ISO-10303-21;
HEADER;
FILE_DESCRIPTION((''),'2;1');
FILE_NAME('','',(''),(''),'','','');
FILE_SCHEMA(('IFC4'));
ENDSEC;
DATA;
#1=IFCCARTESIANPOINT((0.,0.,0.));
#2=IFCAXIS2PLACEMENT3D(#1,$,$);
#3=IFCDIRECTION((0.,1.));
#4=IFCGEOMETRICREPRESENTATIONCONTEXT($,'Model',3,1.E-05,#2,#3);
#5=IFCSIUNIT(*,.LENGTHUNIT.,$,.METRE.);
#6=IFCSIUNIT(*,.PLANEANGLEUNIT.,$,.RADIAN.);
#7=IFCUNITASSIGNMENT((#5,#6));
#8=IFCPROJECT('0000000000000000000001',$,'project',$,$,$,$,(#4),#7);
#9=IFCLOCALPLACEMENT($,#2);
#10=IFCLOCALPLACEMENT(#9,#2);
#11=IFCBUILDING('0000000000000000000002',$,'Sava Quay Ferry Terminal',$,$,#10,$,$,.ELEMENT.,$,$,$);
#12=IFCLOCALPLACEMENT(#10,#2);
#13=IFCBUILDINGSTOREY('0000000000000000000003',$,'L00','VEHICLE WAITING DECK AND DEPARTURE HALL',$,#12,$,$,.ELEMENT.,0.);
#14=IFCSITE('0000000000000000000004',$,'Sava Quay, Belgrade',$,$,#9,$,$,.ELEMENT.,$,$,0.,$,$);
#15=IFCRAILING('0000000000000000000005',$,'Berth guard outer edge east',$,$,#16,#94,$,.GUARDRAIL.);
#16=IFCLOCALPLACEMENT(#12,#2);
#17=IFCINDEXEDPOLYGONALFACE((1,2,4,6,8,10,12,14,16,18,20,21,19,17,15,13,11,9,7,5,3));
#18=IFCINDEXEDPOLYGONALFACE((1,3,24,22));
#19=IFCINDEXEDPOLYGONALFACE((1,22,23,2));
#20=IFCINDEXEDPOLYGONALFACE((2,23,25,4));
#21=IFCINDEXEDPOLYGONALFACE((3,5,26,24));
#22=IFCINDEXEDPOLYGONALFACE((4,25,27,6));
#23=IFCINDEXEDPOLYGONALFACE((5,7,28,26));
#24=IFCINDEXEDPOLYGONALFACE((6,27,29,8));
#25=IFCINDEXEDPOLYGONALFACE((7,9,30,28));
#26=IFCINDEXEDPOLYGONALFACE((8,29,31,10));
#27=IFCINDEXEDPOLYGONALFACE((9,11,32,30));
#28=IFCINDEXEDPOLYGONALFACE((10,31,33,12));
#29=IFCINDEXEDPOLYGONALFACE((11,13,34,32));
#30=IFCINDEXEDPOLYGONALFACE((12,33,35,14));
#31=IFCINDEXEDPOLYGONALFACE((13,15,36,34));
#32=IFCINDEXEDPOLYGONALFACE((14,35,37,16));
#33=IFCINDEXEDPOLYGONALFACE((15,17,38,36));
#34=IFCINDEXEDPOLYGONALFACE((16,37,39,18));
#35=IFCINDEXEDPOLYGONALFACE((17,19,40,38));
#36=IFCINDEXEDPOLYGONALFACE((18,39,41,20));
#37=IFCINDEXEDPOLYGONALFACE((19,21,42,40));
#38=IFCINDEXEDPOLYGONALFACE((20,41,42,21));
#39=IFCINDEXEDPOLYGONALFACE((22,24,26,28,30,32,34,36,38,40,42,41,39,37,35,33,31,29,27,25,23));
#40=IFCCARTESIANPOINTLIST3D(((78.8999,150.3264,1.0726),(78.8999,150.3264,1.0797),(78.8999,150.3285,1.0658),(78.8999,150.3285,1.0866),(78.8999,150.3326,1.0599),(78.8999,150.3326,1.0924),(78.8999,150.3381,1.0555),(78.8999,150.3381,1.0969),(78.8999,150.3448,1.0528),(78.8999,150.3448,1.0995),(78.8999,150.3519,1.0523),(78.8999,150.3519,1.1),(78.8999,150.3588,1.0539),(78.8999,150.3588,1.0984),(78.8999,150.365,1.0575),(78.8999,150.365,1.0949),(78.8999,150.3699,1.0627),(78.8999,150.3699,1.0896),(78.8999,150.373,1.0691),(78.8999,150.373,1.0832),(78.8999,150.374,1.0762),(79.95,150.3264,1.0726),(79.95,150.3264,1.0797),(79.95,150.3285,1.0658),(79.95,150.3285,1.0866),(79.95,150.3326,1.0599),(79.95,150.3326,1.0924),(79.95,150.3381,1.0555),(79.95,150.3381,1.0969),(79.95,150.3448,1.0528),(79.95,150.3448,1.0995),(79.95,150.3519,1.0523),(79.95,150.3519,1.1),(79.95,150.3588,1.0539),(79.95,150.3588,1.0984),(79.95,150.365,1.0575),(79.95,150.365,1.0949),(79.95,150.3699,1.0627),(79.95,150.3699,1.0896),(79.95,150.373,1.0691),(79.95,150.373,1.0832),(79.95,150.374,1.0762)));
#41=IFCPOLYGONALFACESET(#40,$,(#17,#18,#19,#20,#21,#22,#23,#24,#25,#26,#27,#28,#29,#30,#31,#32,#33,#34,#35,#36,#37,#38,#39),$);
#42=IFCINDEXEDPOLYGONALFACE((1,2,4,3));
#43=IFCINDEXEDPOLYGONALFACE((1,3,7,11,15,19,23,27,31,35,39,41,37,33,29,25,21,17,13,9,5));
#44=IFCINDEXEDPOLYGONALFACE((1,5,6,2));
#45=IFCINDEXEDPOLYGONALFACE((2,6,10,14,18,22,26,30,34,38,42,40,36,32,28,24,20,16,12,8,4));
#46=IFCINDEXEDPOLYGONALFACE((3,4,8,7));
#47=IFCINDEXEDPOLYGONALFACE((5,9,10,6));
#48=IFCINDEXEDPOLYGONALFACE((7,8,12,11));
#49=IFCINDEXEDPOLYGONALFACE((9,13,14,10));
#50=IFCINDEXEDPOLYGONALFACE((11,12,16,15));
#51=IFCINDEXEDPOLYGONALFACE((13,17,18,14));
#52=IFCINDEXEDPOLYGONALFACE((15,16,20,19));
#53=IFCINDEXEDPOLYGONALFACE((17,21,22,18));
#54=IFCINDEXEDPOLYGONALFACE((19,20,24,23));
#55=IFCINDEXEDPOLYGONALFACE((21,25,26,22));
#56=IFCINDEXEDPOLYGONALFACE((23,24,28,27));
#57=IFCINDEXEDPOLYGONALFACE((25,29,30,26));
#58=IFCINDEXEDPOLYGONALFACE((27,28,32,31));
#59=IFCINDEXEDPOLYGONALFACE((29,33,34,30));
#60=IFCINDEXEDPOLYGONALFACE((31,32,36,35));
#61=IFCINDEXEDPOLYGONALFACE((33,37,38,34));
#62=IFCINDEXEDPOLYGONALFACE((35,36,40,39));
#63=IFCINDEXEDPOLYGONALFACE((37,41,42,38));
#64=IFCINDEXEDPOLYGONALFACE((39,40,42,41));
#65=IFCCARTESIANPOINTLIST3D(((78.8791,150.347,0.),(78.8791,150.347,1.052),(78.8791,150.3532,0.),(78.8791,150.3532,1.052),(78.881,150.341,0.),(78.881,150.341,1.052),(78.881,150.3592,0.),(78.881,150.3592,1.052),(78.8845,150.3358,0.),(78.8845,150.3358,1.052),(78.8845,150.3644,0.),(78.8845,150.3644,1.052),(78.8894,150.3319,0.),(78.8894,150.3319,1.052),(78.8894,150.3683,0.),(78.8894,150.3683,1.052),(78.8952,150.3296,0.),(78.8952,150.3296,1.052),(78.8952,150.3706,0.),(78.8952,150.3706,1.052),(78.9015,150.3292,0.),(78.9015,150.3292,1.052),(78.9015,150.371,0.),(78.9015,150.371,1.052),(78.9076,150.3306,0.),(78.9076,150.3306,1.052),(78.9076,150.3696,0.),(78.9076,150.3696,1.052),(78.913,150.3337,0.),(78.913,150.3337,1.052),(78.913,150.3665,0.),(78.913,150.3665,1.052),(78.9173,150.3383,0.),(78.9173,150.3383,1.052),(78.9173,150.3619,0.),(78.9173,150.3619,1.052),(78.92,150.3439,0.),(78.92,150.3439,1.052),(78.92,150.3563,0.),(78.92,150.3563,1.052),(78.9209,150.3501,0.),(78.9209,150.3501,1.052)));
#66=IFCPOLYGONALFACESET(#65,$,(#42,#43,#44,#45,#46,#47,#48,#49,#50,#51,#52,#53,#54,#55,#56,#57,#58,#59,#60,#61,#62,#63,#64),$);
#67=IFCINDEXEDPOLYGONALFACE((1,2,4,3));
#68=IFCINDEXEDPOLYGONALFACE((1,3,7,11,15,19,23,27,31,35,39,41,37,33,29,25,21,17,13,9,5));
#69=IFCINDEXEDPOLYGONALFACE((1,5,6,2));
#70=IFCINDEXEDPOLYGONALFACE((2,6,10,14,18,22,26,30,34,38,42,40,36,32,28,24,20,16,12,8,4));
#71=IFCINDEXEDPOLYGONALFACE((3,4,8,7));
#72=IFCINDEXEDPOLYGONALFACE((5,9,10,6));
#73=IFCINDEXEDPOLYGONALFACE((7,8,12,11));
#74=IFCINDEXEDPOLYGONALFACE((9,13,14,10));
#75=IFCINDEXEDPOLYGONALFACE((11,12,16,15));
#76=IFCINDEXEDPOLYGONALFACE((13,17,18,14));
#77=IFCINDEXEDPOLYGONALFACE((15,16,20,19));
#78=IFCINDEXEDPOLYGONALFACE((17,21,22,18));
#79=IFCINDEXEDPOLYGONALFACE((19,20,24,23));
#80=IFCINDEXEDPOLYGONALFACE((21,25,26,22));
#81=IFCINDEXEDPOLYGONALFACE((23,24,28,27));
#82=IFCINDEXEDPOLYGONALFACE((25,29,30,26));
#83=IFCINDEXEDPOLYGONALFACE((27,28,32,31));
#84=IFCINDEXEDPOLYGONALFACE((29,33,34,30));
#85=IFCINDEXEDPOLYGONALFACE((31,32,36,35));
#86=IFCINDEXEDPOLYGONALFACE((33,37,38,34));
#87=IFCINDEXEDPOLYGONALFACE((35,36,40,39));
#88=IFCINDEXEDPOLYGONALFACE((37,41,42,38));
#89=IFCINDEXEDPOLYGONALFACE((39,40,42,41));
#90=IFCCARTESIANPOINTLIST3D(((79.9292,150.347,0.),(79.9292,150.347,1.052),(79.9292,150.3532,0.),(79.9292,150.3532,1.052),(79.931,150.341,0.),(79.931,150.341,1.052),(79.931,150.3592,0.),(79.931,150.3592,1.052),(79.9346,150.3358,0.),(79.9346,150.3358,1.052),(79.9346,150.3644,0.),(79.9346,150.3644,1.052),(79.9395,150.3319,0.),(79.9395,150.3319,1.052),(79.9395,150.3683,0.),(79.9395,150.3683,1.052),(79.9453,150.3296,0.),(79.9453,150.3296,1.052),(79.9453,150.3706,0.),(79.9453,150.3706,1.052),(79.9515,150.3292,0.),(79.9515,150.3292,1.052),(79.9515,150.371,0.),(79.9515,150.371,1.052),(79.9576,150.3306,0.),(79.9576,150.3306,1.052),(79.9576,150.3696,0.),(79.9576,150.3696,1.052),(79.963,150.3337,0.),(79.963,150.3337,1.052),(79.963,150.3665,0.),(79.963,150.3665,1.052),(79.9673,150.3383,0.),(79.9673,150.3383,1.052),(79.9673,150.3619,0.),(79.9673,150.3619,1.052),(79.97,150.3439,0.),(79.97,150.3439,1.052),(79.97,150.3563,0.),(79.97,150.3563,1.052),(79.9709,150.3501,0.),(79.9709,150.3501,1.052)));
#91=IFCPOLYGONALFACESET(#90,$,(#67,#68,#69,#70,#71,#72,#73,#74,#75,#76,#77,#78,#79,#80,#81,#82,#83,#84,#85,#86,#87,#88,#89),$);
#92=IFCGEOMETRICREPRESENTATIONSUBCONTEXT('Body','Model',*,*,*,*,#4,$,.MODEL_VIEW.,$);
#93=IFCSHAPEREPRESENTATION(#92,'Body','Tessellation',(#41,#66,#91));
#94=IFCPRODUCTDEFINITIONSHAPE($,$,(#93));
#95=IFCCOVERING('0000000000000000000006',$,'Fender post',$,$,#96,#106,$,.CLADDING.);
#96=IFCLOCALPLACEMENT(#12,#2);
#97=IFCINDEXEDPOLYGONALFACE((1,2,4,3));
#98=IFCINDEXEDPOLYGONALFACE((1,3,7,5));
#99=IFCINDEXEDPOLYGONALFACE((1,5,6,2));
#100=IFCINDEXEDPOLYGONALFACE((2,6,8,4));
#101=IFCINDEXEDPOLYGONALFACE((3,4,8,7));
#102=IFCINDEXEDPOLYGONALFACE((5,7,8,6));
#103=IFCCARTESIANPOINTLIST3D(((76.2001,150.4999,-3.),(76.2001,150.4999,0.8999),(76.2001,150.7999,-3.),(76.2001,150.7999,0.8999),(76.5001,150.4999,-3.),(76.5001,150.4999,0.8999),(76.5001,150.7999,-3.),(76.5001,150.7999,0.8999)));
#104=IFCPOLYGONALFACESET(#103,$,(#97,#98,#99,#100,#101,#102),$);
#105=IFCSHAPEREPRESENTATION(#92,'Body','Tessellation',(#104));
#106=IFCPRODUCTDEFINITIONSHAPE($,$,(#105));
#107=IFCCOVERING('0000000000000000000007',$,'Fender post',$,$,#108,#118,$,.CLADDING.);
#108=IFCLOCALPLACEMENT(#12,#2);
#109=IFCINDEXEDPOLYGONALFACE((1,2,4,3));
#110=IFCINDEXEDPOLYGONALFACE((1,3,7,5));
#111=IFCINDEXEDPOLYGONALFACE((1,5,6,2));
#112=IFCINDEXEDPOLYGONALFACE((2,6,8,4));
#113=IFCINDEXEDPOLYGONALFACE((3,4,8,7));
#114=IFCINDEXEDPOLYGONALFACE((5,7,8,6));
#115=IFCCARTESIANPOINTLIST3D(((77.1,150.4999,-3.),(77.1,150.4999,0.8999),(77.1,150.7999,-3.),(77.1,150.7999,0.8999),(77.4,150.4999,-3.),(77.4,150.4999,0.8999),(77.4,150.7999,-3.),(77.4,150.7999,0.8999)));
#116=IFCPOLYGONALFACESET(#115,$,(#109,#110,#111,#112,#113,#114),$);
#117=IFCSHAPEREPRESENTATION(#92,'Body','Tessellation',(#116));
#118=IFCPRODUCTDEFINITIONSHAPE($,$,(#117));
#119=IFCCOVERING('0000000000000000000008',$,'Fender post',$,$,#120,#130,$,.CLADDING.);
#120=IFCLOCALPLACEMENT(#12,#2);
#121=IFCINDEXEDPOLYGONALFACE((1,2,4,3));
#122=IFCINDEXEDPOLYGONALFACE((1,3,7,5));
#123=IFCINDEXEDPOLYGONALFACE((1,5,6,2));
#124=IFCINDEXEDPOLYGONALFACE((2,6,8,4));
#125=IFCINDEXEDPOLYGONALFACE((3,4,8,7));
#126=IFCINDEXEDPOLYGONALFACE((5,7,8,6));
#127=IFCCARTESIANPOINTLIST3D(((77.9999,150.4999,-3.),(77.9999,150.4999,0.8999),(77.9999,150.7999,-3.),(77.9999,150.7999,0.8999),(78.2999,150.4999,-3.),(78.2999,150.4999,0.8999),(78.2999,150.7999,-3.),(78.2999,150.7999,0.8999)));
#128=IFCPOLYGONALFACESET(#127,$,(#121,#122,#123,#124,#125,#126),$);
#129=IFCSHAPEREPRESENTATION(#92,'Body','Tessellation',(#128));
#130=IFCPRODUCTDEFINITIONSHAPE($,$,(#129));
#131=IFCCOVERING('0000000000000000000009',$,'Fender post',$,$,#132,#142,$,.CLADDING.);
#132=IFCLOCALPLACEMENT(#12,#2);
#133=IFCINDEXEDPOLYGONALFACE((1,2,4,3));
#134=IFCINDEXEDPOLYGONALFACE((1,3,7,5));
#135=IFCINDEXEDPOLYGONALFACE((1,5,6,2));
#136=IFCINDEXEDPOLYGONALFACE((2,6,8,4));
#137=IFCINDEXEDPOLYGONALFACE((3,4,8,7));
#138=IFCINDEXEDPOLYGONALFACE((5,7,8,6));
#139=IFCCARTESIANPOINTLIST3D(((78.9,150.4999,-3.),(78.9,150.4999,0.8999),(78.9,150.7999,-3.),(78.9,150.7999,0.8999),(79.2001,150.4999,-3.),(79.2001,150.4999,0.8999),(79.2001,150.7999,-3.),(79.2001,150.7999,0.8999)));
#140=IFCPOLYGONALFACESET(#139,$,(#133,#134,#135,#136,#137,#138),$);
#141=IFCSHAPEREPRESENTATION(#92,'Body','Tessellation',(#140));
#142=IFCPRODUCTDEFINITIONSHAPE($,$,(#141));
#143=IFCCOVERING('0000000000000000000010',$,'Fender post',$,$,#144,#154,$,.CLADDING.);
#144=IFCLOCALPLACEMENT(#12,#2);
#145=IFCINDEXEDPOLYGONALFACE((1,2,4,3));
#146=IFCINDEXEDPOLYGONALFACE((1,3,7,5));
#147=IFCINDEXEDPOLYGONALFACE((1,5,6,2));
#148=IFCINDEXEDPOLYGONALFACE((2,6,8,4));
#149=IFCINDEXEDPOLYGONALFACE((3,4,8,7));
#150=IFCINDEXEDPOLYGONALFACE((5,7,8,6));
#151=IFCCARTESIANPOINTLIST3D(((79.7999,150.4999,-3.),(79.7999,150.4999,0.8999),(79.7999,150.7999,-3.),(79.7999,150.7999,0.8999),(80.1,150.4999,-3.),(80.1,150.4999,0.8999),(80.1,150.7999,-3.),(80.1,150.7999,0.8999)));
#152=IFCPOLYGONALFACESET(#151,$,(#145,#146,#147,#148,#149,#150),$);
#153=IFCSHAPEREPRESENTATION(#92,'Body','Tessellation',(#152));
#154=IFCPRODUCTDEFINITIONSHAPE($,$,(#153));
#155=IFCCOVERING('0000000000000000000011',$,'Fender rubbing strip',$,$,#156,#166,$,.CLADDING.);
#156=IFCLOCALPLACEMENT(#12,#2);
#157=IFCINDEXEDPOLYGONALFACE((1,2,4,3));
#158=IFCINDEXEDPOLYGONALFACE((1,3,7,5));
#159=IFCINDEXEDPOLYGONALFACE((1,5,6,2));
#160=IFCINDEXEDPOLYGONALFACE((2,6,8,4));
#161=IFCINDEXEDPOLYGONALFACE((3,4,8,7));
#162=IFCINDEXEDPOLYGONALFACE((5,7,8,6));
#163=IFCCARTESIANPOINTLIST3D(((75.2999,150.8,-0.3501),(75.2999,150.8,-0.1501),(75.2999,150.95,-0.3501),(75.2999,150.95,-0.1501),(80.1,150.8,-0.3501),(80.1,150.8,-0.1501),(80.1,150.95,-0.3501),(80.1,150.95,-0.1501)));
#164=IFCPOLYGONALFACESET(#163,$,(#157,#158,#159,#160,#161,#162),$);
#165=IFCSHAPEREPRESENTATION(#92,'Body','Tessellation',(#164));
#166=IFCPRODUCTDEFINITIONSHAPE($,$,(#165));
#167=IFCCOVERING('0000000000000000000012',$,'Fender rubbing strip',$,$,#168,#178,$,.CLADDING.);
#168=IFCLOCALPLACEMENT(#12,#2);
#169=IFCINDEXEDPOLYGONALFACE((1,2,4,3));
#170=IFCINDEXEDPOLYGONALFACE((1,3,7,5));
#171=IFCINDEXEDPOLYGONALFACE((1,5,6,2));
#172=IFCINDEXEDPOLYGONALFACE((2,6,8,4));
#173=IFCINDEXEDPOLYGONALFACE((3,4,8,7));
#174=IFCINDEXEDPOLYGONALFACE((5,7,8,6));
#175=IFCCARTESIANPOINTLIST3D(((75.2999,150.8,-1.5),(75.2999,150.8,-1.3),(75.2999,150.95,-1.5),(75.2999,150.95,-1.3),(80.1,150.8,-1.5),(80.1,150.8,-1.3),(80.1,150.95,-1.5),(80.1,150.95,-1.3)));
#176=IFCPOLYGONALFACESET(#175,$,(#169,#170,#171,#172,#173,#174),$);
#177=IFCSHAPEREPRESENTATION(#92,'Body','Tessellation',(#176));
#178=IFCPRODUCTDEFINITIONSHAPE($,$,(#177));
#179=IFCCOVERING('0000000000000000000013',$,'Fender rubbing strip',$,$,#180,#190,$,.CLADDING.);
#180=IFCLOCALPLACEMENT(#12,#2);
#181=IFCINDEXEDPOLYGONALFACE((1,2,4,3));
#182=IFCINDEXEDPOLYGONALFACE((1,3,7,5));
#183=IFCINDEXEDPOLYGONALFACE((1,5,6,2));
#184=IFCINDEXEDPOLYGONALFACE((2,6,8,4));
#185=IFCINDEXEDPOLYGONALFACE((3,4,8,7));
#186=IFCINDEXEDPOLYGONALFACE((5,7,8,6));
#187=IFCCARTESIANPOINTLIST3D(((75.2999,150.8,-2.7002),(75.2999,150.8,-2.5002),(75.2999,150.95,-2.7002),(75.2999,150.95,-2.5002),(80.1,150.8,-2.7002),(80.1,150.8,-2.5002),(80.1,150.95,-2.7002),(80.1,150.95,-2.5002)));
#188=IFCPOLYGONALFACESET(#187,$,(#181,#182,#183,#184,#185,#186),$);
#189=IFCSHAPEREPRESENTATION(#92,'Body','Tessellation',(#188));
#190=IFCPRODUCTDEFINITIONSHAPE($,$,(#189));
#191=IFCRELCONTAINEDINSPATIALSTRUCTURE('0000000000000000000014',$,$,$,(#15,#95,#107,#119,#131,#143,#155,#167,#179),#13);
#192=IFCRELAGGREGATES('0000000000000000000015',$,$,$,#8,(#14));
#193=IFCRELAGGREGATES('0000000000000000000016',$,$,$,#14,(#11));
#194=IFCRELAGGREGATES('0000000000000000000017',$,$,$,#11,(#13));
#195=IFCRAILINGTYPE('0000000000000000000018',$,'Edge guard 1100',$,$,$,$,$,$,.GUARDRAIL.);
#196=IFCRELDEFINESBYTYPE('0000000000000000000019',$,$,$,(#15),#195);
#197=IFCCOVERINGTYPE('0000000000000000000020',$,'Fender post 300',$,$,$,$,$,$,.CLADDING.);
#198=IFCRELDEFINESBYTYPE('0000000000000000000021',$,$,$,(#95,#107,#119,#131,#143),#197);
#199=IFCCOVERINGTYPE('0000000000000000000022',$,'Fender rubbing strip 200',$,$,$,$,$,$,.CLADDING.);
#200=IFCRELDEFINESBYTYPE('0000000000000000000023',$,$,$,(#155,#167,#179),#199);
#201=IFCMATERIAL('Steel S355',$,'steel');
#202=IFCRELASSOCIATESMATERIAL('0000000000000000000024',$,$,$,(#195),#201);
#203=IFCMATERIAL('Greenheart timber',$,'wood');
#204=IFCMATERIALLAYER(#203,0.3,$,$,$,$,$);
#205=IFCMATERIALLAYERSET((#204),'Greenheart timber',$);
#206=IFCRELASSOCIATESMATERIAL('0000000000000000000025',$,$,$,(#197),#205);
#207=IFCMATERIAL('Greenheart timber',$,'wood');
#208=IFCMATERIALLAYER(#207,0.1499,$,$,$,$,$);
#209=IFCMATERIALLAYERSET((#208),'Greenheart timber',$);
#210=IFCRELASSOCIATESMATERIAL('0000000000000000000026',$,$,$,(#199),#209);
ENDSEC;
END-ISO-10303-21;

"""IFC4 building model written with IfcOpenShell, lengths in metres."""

from ifc_helpers import new_model, si_unit, direction, frame, origin, origin_2d, place, context, subcontext, project, spatial, rectangle, circle, extrude, material, layer, layer_set, type_object, element, save


model = new_model("IFC4")

# Units and contexts
model_context = context("Model", 3, precision=1e-05, world=origin(), true_north=direction((0.0, 1.0)))
body_context = subcontext(model_context, "Body", "Model", "MODEL_VIEW")
ifc_project = project(units=[si_unit("LENGTHUNIT", "METRE"), si_unit("PLANEANGLEUNIT", "RADIAN")], contexts=[model_context])

# Site, building, storey
site_placement = place(None, origin())
site = spatial("IfcSite", under=ifc_project, at=site_placement, Name="Sava Quay, Belgrade", CompositionType="ELEMENT", RefElevation=0.0)
building_placement = place(site_placement, origin())
building = spatial("IfcBuilding", under=site, at=building_placement, Name="Sava Quay Ferry Terminal", CompositionType="ELEMENT")
storey_placement = place(building_placement, origin())
storey = spatial("IfcBuildingStorey", under=building, at=storey_placement, Name="L00", Description="VEHICLE WAITING DECK AND DEPARTURE HALL", CompositionType="ELEMENT", Elevation=0.0)

# Railing
ifc_material_1 = material(Name="Steel S355", Category="steel")
railing_type = type_object("IfcRailingType", Name="Edge guard 1100", PredefinedType="GUARDRAIL", material=ifc_material_1)
railing_1_placement = place(storey_placement, frame((78.8999, 150.3501, 0.0)))
element("IfcRailing", 1, at=railing_1_placement, inside=storey, type_object=railing_type, Name="Berth guard outer edge east", PredefinedType="GUARDRAIL", context=body_context, shape_type="SweptSolid", body=[
    extrude(circle(Radius=0.0239, at=origin_2d()), frame((0.0, 0.0, 1.0762), z_axis=(1.0, 0.0, 0.0), x_axis=(0.0, 1.0, 0.0)), (0.0, 0.0, 1.0), 1.05),
    extrude(circle(Radius=0.021, at=origin_2d()), origin(), (0.0, 0.0, 1.0), 1.052),
    extrude(circle(Radius=0.021, at=origin_2d()), frame((1.05, 0.0, 0.0)), (0.0, 0.0, 1.0), 1.052),
])

# Coverings
ifc_material_2 = material(Name="Greenheart timber", Category="wood")
ifc_layer_1 = layer(ifc_material_2, 0.3)
ifc_layer_set_1 = layer_set([ifc_layer_1], Name="Greenheart timber")
covering_type_1 = type_object("IfcCoveringType", Name="Fender post 300", PredefinedType="CLADDING", material=ifc_layer_set_1)
for number, where, z_axis, x_axis, name in (
    (2, (76.3501, 150.6499, -3.0), (0.0, 0.0, 1.0), (1.0, 0.0, 0.0), "Fender post"),
    (3, (77.25, 150.6499, -3.0), (0.0, 0.0, 1.0), (1.0, 0.0, 0.0), "Fender post"),
    (4, (78.1499, 150.6499, -3.0), (0.0, 0.0, 1.0), (1.0, 0.0, 0.0), "Fender post"),
    (5, (79.05, 150.6499, -3.0), (0.0, 0.0, 1.0), (1.0, 0.0, 0.0), "Fender post"),
    (6, (79.95, 150.6499, -3.0), (0.0, 0.0, 1.0), (1.0, 0.0, 0.0), "Fender post"),
):
    element("IfcCovering", number, at=place(storey_placement, frame(where, z_axis=z_axis, x_axis=x_axis)), inside=storey, type_object=covering_type_1, Name=name, PredefinedType="CLADDING", context=body_context, shape_type="SweptSolid", body=[
        extrude(rectangle(XDim=0.3, YDim=0.3, at=origin_2d()), origin(), (0.0, 0.0, 1.0), 3.8999),
    ])
ifc_material_3 = material(Name="Greenheart timber", Category="wood")
ifc_layer_2 = layer(ifc_material_3, 0.1499)
ifc_layer_set_2 = layer_set([ifc_layer_2], Name="Greenheart timber")
covering_type_2 = type_object("IfcCoveringType", Name="Fender rubbing strip 200", PredefinedType="CLADDING", material=ifc_layer_set_2)
for number, where, z_axis, x_axis, name in (
    (7, (77.7, 150.875, -0.3501), (0.0, 0.0, 1.0), (1.0, 0.0, 0.0), "Fender rubbing strip"),
    (8, (77.7, 150.875, -1.5), (0.0, 0.0, 1.0), (1.0, 0.0, 0.0), "Fender rubbing strip"),
    (9, (77.7, 150.875, -2.7002), (0.0, 0.0, 1.0), (1.0, 0.0, 0.0), "Fender rubbing strip"),
):
    element("IfcCovering", number, at=place(storey_placement, frame(where, z_axis=z_axis, x_axis=x_axis)), inside=storey, type_object=covering_type_2, Name=name, PredefinedType="CLADDING", context=body_context, shape_type="SweptSolid", body=[
        extrude(rectangle(XDim=4.8, YDim=0.1499, at=origin_2d()), origin(), (0.0, 0.0, 1.0), 0.2),
    ])

save(model, "model.ifc")
